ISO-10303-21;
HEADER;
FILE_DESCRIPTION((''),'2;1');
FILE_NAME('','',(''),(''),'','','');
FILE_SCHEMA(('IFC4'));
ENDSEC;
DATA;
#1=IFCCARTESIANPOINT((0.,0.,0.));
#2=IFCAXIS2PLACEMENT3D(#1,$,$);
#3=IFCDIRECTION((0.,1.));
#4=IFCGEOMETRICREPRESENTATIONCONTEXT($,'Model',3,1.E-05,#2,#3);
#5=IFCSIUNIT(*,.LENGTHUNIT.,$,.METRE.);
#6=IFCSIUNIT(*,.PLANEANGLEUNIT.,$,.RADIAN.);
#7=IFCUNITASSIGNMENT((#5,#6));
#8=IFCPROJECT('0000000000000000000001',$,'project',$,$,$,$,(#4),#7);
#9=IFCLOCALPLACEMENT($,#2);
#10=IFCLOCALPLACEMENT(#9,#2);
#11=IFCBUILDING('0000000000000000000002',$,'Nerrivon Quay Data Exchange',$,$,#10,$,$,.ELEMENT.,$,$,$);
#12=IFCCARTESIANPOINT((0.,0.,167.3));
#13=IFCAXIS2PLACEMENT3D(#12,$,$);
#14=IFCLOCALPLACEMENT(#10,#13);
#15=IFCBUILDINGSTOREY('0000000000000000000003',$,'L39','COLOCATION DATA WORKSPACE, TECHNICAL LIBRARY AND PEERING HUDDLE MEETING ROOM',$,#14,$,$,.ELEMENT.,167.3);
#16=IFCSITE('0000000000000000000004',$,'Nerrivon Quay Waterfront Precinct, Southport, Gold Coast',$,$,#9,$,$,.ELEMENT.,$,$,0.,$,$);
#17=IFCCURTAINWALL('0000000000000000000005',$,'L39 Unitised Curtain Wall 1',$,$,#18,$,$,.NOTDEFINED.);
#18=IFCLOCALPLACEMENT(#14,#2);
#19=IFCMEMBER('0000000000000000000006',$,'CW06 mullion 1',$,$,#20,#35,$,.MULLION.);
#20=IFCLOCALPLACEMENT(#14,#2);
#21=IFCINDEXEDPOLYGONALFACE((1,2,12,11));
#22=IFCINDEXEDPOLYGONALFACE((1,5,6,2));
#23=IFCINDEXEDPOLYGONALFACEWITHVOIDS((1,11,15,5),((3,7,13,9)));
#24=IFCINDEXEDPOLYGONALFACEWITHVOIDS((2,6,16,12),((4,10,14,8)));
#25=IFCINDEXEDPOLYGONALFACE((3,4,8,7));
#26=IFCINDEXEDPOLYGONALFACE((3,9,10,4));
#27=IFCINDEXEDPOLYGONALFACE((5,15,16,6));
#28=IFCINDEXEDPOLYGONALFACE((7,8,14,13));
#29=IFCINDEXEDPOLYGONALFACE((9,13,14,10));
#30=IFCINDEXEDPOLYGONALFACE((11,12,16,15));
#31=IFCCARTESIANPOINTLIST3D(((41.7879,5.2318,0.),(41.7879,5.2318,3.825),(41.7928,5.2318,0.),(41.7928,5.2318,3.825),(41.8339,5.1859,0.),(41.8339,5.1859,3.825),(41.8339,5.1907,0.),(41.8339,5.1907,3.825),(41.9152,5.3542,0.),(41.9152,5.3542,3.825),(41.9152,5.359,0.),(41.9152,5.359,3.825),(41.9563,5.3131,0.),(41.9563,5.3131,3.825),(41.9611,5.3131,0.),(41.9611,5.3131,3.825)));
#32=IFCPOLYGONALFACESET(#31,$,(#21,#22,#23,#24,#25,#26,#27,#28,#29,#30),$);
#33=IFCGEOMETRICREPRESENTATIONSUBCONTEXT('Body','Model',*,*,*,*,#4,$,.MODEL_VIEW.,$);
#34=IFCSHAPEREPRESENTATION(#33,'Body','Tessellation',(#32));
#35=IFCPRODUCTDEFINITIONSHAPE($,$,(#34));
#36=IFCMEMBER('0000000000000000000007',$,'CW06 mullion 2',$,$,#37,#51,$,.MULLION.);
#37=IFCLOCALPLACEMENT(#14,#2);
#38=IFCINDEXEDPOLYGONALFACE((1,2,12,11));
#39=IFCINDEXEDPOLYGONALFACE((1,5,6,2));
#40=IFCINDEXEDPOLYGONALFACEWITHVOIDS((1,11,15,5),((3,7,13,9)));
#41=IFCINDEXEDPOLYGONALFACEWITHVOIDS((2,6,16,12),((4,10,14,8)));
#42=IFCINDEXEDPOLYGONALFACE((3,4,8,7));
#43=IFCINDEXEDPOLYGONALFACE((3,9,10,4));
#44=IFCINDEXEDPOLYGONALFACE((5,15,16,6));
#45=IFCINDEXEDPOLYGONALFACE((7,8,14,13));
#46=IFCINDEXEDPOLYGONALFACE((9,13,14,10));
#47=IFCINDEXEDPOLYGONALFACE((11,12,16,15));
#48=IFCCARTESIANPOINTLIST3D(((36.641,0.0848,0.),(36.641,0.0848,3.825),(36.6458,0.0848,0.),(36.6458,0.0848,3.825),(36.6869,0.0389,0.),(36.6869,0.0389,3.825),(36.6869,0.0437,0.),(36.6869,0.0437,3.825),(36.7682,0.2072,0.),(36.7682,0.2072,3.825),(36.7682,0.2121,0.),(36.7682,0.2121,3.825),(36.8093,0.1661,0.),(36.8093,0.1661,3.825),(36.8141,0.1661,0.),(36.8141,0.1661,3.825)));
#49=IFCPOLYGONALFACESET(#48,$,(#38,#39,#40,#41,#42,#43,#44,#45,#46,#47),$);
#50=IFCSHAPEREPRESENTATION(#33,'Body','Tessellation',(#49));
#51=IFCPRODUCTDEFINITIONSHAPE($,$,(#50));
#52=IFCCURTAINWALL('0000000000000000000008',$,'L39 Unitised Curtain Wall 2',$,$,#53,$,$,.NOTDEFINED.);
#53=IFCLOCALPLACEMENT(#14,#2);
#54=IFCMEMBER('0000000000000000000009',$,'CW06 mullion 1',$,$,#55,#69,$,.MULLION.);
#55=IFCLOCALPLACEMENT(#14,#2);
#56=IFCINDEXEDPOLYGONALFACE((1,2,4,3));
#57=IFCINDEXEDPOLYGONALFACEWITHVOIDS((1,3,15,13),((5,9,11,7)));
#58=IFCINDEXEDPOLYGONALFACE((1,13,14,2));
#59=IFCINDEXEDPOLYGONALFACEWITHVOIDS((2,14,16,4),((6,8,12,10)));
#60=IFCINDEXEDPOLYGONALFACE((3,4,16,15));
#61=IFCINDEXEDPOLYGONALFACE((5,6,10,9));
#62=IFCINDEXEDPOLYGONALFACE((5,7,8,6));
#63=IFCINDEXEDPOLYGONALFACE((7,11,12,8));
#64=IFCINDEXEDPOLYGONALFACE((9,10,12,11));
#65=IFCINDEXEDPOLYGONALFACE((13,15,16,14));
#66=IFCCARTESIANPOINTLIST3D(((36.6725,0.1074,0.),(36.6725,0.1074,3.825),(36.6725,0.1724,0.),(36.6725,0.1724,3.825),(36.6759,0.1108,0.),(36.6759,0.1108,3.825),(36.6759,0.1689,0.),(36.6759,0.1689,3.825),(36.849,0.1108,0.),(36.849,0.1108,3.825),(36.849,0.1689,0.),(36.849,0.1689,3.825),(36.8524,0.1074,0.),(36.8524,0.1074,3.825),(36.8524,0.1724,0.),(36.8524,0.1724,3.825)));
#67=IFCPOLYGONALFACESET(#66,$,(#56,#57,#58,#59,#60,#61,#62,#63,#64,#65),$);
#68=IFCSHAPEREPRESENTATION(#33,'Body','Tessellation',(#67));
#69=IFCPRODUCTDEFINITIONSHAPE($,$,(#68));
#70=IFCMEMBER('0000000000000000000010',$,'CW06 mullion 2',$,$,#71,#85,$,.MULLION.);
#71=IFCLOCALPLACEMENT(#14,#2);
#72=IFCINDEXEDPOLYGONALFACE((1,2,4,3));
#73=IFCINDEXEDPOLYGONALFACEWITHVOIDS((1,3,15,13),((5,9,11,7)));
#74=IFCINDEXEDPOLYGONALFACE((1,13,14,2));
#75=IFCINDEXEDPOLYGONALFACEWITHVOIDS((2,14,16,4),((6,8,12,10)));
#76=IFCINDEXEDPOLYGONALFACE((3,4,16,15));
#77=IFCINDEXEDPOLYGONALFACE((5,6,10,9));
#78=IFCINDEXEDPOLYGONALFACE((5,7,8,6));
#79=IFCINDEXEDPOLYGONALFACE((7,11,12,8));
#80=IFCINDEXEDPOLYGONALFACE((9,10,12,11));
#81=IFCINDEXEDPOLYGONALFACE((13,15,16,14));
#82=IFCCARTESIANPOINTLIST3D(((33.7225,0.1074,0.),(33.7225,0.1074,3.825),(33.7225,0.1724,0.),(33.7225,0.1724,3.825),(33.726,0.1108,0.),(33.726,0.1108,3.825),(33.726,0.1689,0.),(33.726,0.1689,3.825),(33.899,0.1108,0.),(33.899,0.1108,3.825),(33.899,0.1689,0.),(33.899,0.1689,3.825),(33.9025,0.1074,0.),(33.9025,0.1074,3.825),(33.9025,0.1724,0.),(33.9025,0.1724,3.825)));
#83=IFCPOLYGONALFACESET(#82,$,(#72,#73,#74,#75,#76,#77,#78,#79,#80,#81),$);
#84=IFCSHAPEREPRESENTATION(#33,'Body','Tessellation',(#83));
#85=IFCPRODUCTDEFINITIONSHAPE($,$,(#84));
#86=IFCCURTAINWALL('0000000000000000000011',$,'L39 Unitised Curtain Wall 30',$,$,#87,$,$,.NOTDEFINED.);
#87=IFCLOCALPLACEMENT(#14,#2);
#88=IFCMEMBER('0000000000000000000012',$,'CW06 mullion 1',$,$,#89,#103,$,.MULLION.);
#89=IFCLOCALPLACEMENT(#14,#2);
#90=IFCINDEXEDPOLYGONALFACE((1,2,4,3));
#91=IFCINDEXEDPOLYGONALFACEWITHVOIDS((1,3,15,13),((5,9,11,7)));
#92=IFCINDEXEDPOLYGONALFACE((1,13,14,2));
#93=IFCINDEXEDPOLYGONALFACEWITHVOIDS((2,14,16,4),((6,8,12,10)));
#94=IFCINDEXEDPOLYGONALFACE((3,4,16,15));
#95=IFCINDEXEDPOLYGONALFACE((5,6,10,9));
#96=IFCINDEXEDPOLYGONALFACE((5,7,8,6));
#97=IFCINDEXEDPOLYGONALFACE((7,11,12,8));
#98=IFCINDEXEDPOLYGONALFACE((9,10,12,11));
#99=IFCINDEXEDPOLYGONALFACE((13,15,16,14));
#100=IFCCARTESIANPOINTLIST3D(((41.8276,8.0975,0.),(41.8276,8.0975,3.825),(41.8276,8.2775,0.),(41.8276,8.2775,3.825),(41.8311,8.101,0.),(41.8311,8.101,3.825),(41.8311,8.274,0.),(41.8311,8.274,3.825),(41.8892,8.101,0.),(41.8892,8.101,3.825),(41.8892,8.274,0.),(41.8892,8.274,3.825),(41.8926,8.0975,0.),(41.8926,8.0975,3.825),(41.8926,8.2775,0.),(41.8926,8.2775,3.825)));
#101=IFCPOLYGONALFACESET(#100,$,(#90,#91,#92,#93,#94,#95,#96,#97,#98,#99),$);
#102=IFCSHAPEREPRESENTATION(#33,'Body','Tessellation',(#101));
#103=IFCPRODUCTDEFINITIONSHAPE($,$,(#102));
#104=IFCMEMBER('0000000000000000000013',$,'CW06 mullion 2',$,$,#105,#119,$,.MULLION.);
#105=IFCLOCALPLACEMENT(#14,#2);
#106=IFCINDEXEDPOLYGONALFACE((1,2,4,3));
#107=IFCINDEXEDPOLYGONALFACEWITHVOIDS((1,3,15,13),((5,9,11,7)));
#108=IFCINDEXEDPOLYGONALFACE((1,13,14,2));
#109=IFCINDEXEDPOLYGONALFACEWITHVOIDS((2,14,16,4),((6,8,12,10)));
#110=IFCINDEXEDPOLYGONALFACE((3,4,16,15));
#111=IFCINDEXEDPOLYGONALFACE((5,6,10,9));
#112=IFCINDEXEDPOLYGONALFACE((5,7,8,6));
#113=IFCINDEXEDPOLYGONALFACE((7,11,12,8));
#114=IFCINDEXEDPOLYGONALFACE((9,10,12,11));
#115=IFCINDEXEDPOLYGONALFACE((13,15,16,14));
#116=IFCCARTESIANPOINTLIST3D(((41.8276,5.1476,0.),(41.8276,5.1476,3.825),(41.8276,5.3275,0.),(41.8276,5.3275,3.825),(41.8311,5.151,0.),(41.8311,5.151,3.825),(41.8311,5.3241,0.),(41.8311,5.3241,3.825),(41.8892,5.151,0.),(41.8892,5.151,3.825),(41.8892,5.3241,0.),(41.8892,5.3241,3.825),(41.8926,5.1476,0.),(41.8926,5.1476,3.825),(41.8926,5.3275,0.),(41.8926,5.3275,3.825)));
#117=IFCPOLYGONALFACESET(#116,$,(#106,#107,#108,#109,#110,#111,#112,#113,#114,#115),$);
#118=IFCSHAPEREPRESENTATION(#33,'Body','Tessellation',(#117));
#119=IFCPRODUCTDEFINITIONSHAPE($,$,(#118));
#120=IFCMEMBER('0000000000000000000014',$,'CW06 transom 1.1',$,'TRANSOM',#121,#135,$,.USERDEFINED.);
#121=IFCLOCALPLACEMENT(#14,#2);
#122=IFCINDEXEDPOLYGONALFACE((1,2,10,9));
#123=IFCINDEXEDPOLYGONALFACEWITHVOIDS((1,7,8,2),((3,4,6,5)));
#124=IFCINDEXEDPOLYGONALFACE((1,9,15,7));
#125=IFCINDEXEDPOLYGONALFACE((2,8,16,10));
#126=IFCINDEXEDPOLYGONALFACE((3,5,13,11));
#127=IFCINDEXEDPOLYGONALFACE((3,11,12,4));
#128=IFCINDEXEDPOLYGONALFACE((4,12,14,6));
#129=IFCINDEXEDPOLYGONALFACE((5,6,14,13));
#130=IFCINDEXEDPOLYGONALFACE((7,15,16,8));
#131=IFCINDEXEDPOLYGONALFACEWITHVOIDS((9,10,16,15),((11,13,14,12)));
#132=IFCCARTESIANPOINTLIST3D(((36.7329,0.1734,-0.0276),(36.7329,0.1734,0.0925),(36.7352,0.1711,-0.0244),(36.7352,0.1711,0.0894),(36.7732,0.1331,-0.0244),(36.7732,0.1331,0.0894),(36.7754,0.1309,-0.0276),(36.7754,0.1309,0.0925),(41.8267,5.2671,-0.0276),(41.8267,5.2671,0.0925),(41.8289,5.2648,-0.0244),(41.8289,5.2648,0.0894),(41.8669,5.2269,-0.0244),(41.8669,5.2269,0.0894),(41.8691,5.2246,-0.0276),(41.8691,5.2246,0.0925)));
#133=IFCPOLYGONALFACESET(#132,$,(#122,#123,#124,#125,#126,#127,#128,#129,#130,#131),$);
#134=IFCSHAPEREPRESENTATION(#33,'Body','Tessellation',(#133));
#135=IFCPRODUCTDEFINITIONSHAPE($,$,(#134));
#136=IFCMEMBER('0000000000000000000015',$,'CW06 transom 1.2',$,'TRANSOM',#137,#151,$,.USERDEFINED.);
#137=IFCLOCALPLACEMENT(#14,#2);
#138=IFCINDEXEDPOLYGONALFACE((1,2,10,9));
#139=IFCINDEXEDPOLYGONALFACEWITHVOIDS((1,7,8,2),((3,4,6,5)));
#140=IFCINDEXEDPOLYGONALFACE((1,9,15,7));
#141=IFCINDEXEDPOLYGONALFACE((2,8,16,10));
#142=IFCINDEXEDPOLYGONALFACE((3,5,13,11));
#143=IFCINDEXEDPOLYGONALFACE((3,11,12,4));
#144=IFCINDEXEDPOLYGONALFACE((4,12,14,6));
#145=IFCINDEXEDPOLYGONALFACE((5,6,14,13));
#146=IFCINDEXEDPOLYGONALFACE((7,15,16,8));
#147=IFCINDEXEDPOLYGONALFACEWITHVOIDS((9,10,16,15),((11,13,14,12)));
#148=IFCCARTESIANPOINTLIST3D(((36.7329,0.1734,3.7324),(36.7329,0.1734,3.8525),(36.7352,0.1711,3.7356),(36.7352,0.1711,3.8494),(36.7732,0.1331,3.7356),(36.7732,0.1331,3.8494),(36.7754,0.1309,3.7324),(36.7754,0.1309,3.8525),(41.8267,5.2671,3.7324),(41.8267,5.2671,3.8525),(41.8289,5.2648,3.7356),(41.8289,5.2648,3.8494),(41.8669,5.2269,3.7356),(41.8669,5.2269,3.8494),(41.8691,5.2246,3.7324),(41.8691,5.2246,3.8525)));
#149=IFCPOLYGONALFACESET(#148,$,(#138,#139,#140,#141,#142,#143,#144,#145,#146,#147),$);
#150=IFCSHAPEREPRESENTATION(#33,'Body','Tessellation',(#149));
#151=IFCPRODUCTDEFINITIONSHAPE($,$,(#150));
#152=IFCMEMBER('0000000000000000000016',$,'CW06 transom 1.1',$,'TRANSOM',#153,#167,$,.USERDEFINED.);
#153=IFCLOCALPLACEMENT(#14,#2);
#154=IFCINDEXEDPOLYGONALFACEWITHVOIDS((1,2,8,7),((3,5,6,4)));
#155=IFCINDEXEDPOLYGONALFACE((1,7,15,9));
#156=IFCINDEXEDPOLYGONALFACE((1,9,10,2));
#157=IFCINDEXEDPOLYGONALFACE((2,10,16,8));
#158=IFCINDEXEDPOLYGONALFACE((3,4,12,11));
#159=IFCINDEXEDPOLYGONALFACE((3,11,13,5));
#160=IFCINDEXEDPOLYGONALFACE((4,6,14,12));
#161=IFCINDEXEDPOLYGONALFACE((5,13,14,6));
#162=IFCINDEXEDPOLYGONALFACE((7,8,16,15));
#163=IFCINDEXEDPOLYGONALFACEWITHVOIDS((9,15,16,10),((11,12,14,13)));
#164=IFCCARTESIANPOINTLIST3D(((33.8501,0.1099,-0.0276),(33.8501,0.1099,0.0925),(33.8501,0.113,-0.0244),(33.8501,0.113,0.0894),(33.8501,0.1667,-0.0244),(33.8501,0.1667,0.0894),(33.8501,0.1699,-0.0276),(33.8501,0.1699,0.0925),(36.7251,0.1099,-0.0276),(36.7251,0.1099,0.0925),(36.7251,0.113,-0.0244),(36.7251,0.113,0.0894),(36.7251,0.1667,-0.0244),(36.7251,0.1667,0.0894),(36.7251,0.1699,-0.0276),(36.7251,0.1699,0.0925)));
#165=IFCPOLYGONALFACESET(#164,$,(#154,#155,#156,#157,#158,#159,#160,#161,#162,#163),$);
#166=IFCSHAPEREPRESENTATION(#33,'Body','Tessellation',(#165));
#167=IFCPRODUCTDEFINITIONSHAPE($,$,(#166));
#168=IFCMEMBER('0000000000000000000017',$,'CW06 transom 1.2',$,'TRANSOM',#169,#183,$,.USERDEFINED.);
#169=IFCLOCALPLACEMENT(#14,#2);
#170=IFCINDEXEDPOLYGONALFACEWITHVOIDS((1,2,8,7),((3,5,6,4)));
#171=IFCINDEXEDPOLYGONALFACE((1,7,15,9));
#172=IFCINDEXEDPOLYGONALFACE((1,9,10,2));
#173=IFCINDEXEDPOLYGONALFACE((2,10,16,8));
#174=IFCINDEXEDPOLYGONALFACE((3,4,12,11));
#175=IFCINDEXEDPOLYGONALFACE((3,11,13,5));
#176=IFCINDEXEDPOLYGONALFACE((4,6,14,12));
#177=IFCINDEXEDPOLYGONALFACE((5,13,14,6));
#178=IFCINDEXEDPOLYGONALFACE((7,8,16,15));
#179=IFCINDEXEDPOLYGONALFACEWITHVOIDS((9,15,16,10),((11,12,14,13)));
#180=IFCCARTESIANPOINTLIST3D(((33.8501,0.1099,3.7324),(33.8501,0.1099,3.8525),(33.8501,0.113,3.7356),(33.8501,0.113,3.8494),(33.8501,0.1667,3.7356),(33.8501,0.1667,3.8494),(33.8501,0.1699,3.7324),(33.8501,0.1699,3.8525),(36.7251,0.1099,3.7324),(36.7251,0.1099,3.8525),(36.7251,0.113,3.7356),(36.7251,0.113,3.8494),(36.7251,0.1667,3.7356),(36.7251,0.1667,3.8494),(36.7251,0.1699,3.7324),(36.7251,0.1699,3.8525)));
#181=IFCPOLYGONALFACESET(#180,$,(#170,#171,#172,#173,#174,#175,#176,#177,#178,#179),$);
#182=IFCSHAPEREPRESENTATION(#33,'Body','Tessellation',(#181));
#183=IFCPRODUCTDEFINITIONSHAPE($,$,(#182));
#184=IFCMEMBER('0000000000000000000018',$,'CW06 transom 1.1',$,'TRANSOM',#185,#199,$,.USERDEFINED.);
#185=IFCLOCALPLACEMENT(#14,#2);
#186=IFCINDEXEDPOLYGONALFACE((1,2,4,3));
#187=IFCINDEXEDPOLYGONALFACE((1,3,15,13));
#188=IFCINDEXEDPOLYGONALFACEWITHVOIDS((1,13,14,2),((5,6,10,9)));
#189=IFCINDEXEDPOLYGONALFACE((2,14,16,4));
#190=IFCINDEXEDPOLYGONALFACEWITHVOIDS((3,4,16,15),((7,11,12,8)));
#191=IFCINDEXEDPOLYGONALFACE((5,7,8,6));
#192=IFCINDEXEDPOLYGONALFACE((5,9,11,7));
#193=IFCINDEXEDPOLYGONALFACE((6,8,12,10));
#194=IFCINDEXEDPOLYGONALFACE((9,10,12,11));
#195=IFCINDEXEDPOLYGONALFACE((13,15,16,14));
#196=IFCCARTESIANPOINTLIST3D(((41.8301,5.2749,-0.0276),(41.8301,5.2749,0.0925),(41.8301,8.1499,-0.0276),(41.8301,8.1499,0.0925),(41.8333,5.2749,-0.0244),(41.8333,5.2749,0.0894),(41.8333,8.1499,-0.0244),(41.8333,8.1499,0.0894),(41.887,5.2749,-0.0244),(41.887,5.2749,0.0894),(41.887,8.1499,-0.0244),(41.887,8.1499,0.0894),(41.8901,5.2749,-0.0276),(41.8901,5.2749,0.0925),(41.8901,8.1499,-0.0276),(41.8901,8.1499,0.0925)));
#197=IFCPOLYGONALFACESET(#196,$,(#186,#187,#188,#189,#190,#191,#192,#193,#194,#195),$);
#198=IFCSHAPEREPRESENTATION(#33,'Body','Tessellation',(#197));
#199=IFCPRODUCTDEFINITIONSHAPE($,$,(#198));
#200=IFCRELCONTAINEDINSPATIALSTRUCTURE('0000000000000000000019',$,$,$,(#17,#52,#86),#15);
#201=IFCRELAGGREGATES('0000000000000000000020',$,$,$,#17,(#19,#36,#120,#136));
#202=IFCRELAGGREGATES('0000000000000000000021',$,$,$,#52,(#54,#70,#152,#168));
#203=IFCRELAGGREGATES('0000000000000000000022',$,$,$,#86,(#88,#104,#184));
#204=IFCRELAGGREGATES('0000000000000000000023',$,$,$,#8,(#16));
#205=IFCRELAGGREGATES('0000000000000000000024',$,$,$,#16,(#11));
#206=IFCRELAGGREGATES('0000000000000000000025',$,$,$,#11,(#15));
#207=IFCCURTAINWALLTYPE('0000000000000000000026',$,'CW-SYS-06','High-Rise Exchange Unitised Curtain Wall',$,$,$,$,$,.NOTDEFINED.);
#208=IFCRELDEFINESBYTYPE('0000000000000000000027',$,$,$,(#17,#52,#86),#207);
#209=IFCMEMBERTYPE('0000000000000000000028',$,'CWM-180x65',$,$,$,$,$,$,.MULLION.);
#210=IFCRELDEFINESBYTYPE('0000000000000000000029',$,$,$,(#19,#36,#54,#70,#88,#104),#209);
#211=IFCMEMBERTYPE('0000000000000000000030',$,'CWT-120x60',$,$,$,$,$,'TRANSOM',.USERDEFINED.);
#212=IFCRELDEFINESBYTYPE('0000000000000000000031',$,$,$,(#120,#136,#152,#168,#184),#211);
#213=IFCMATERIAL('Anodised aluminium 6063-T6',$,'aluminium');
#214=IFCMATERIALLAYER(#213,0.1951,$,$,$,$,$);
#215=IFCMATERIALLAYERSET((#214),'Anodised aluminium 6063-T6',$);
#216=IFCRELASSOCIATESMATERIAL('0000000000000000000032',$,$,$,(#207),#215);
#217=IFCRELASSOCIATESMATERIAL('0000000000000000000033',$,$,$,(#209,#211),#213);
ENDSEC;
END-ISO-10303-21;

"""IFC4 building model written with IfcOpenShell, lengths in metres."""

from ifc_helpers import new_model, si_unit, direction, frame, origin, origin_2d, place, context, subcontext, project, spatial, hollow_rectangle, extrude, material, layer, layer_set, material_profile, profile_set, type_object, element, aggregate, save


model = new_model("IFC4")

# Units and contexts
model_context = context("Model", 3, precision=1e-05, world=origin(), true_north=direction((0.0, 1.0)))
body_context = subcontext(model_context, "Body", "Model", "MODEL_VIEW")
ifc_project = project(units=[si_unit("LENGTHUNIT", "METRE"), si_unit("PLANEANGLEUNIT", "RADIAN")], contexts=[model_context])

# Site, building, storey
site_placement = place(None, origin())
site = spatial("IfcSite", under=ifc_project, at=site_placement, Name="Nerrivon Quay Waterfront Precinct, Southport, Gold Coast", CompositionType="ELEMENT", RefElevation=0.0)
building_placement = place(site_placement, origin())
building = spatial("IfcBuilding", under=site, at=building_placement, Name="Nerrivon Quay Data Exchange", CompositionType="ELEMENT")
storey_placement = place(building_placement, frame((0.0, 0.0, 167.3)))
storey = spatial("IfcBuildingStorey", under=building, at=storey_placement, Name="L39", Description="COLOCATION DATA WORKSPACE, TECHNICAL LIBRARY AND PEERING HUDDLE MEETING ROOM", CompositionType="ELEMENT", Elevation=167.3)

# Curtain walls, members
ifc_material_1 = material(Name="Anodised aluminium 6063-T6", Category="aluminium")
ifc_layer_1 = layer(ifc_material_1, 0.1951)
ifc_layer_set_1 = layer_set([ifc_layer_1], Name="Anodised aluminium 6063-T6")
curtain_wall_type = type_object("IfcCurtainWallType", Name="CW-SYS-06", Description="High-Rise Exchange Unitised Curtain Wall", PredefinedType="NOTDEFINED", material=ifc_layer_set_1)
curtain_wall_1_placement = place(storey_placement, origin())
curtain_wall_1 = element("IfcCurtainWall", 1, at=curtain_wall_1_placement, inside=storey, type_object=curtain_wall_type, Name="L39 Unitised Curtain Wall 1", PredefinedType="NOTDEFINED")
ifc_material_profile_1 = material_profile(ifc_material_1, hollow_rectangle(XDim=0.0649, YDim=0.1799, WallThickness=0.0034, at=origin_2d()), Name="ALU-MULL-180x65")
ifc_profile_set_1 = profile_set([ifc_material_profile_1], Name="Anodised aluminium 6063-T6")
member_type_1 = type_object("IfcMemberType", Name="CWM-180x65", PredefinedType="MULLION", material=ifc_profile_set_1)
member_1_placement = place(storey_placement, frame((41.8745, 5.2725, 0.0), z_axis=(0.0, 0.0, 1.0), x_axis=(0.707107, -0.707107, 0.0)))
member_1 = element("IfcMember", 2, at=member_1_placement, type_object=member_type_1, Name="CW06 mullion 1", PredefinedType="MULLION", context=body_context, shape_type="SweptSolid", body=[
    extrude(hollow_rectangle(XDim=0.0649, YDim=0.1799, WallThickness=0.0034, at=origin_2d()), origin(), (0.0, 0.0, 1.0), 3.825),
])
member_2_placement = place(storey_placement, frame((36.7275, 0.1255, 0.0), z_axis=(0.0, 0.0, 1.0), x_axis=(0.707107, -0.707107, 0.0)))
member_2 = element("IfcMember", 3, at=member_2_placement, type_object=member_type_1, Name="CW06 mullion 2", PredefinedType="MULLION", context=body_context, shape_type="SweptSolid", body=[
    extrude(hollow_rectangle(XDim=0.0649, YDim=0.1799, WallThickness=0.0034, at=origin_2d()), origin(), (0.0, 0.0, 1.0), 3.825),
])
curtain_wall_2_placement = place(storey_placement, origin())
curtain_wall_2 = element("IfcCurtainWall", 4, at=curtain_wall_2_placement, inside=storey, type_object=curtain_wall_type, Name="L39 Unitised Curtain Wall 2", PredefinedType="NOTDEFINED")
member_3_placement = place(storey_placement, frame((36.7625, 0.1399, 0.0), z_axis=(0.0, 0.0, 1.0), x_axis=(0.0, -1.0, 0.0)))
member_3 = element("IfcMember", 5, at=member_3_placement, type_object=member_type_1, Name="CW06 mullion 1", PredefinedType="MULLION", context=body_context, shape_type="SweptSolid", body=[
    extrude(hollow_rectangle(XDim=0.0649, YDim=0.1799, WallThickness=0.0034, at=origin_2d()), origin(), (0.0, 0.0, 1.0), 3.825),
])
member_4_placement = place(storey_placement, frame((33.8125, 0.1399, 0.0), z_axis=(0.0, 0.0, 1.0), x_axis=(0.0, -1.0, 0.0)))
member_4 = element("IfcMember", 6, at=member_4_placement, type_object=member_type_1, Name="CW06 mullion 2", PredefinedType="MULLION", context=body_context, shape_type="SweptSolid", body=[
    extrude(hollow_rectangle(XDim=0.0649, YDim=0.1799, WallThickness=0.0034, at=origin_2d()), origin(), (0.0, 0.0, 1.0), 3.825),
])
curtain_wall_3_placement = place(storey_placement, origin())
curtain_wall_3 = element("IfcCurtainWall", 7, at=curtain_wall_3_placement, inside=storey, type_object=curtain_wall_type, Name="L39 Unitised Curtain Wall 30", PredefinedType="NOTDEFINED")
member_5_placement = place(storey_placement, frame((41.8601, 8.1875, 0.0), z_axis=(0.0, 0.0, 1.0), x_axis=(1.0, 0.0, 0.0)))
member_5 = element("IfcMember", 8, at=member_5_placement, type_object=member_type_1, Name="CW06 mullion 1", PredefinedType="MULLION", context=body_context, shape_type="SweptSolid", body=[
    extrude(hollow_rectangle(XDim=0.0649, YDim=0.1799, WallThickness=0.0034, at=origin_2d()), origin(), (0.0, 0.0, 1.0), 3.825),
])
member_6_placement = place(storey_placement, frame((41.8601, 5.2375, 0.0), z_axis=(0.0, 0.0, 1.0), x_axis=(1.0, 0.0, 0.0)))
member_6 = element("IfcMember", 9, at=member_6_placement, type_object=member_type_1, Name="CW06 mullion 2", PredefinedType="MULLION", context=body_context, shape_type="SweptSolid", body=[
    extrude(hollow_rectangle(XDim=0.0649, YDim=0.1799, WallThickness=0.0034, at=origin_2d()), origin(), (0.0, 0.0, 1.0), 3.825),
])

# Members
ifc_material_profile_2 = material_profile(ifc_material_1, hollow_rectangle(XDim=0.0601, YDim=0.1201, WallThickness=0.0032, at=origin_2d()), Name="ALU-TRAN-120x60")
ifc_profile_set_2 = profile_set([ifc_material_profile_2], Name="Anodised aluminium 6063-T6")
member_type_2 = type_object("IfcMemberType", Name="CWT-120x60", ElementType="TRANSOM", PredefinedType="USERDEFINED", material=ifc_profile_set_2)
member_7_placement = place(storey_placement, frame((41.8479, 5.2458, 0.0325), z_axis=(-0.707107, -0.707107, 0.0), x_axis=(0.707107, -0.707107, 0.0)))
member_7 = element("IfcMember", 10, at=member_7_placement, type_object=member_type_2, Name="CW06 transom 1.1", ObjectType="TRANSOM", PredefinedType="USERDEFINED", context=body_context, shape_type="SweptSolid", body=[
    extrude(hollow_rectangle(XDim=0.0601, YDim=0.1201, WallThickness=0.0032, at=origin_2d()), origin(), (0.0, 0.0, 1.0), 7.2036),
])
member_8_placement = place(storey_placement, frame((41.8479, 5.2458, 3.7925), z_axis=(-0.707107, -0.707107, 0.0), x_axis=(0.707107, -0.707107, 0.0)))
member_8 = element("IfcMember", 11, at=member_8_placement, type_object=member_type_2, Name="CW06 transom 1.2", ObjectType="TRANSOM", PredefinedType="USERDEFINED", context=body_context, shape_type="SweptSolid", body=[
    extrude(hollow_rectangle(XDim=0.0601, YDim=0.1201, WallThickness=0.0032, at=origin_2d()), origin(), (0.0, 0.0, 1.0), 7.2036),
])
member_9_placement = place(storey_placement, frame((36.7251, 0.1399, 0.0325), z_axis=(-1.0, 0.0, 0.0), x_axis=(0.0, -1.0, 0.0)))
member_9 = element("IfcMember", 12, at=member_9_placement, type_object=member_type_2, Name="CW06 transom 1.1", ObjectType="TRANSOM", PredefinedType="USERDEFINED", context=body_context, shape_type="SweptSolid", body=[
    extrude(hollow_rectangle(XDim=0.0601, YDim=0.1201, WallThickness=0.0032, at=origin_2d()), origin(), (0.0, 0.0, 1.0), 2.875),
])
member_10_placement = place(storey_placement, frame((36.7251, 0.1399, 3.7925), z_axis=(-1.0, 0.0, 0.0), x_axis=(0.0, -1.0, 0.0)))
member_10 = element("IfcMember", 13, at=member_10_placement, type_object=member_type_2, Name="CW06 transom 1.2", ObjectType="TRANSOM", PredefinedType="USERDEFINED", context=body_context, shape_type="SweptSolid", body=[
    extrude(hollow_rectangle(XDim=0.0601, YDim=0.1201, WallThickness=0.0032, at=origin_2d()), origin(), (0.0, 0.0, 1.0), 2.875),
])
member_11_placement = place(storey_placement, frame((41.8601, 8.1499, 0.0325), z_axis=(0.0, -1.0, 0.0), x_axis=(1.0, 0.0, 0.0)))
member_11 = element("IfcMember", 14, at=member_11_placement, type_object=member_type_2, Name="CW06 transom 1.1", ObjectType="TRANSOM", PredefinedType="USERDEFINED", context=body_context, shape_type="SweptSolid", body=[
    extrude(hollow_rectangle(XDim=0.0601, YDim=0.1201, WallThickness=0.0032, at=origin_2d()), origin(), (0.0, 0.0, 1.0), 2.875),
])

aggregate(curtain_wall_1, [member_1, member_2, member_7, member_8])
aggregate(curtain_wall_2, [member_3, member_4, member_9, member_10])
aggregate(curtain_wall_3, [member_5, member_6, member_11])

save(model, "model.ifc")
